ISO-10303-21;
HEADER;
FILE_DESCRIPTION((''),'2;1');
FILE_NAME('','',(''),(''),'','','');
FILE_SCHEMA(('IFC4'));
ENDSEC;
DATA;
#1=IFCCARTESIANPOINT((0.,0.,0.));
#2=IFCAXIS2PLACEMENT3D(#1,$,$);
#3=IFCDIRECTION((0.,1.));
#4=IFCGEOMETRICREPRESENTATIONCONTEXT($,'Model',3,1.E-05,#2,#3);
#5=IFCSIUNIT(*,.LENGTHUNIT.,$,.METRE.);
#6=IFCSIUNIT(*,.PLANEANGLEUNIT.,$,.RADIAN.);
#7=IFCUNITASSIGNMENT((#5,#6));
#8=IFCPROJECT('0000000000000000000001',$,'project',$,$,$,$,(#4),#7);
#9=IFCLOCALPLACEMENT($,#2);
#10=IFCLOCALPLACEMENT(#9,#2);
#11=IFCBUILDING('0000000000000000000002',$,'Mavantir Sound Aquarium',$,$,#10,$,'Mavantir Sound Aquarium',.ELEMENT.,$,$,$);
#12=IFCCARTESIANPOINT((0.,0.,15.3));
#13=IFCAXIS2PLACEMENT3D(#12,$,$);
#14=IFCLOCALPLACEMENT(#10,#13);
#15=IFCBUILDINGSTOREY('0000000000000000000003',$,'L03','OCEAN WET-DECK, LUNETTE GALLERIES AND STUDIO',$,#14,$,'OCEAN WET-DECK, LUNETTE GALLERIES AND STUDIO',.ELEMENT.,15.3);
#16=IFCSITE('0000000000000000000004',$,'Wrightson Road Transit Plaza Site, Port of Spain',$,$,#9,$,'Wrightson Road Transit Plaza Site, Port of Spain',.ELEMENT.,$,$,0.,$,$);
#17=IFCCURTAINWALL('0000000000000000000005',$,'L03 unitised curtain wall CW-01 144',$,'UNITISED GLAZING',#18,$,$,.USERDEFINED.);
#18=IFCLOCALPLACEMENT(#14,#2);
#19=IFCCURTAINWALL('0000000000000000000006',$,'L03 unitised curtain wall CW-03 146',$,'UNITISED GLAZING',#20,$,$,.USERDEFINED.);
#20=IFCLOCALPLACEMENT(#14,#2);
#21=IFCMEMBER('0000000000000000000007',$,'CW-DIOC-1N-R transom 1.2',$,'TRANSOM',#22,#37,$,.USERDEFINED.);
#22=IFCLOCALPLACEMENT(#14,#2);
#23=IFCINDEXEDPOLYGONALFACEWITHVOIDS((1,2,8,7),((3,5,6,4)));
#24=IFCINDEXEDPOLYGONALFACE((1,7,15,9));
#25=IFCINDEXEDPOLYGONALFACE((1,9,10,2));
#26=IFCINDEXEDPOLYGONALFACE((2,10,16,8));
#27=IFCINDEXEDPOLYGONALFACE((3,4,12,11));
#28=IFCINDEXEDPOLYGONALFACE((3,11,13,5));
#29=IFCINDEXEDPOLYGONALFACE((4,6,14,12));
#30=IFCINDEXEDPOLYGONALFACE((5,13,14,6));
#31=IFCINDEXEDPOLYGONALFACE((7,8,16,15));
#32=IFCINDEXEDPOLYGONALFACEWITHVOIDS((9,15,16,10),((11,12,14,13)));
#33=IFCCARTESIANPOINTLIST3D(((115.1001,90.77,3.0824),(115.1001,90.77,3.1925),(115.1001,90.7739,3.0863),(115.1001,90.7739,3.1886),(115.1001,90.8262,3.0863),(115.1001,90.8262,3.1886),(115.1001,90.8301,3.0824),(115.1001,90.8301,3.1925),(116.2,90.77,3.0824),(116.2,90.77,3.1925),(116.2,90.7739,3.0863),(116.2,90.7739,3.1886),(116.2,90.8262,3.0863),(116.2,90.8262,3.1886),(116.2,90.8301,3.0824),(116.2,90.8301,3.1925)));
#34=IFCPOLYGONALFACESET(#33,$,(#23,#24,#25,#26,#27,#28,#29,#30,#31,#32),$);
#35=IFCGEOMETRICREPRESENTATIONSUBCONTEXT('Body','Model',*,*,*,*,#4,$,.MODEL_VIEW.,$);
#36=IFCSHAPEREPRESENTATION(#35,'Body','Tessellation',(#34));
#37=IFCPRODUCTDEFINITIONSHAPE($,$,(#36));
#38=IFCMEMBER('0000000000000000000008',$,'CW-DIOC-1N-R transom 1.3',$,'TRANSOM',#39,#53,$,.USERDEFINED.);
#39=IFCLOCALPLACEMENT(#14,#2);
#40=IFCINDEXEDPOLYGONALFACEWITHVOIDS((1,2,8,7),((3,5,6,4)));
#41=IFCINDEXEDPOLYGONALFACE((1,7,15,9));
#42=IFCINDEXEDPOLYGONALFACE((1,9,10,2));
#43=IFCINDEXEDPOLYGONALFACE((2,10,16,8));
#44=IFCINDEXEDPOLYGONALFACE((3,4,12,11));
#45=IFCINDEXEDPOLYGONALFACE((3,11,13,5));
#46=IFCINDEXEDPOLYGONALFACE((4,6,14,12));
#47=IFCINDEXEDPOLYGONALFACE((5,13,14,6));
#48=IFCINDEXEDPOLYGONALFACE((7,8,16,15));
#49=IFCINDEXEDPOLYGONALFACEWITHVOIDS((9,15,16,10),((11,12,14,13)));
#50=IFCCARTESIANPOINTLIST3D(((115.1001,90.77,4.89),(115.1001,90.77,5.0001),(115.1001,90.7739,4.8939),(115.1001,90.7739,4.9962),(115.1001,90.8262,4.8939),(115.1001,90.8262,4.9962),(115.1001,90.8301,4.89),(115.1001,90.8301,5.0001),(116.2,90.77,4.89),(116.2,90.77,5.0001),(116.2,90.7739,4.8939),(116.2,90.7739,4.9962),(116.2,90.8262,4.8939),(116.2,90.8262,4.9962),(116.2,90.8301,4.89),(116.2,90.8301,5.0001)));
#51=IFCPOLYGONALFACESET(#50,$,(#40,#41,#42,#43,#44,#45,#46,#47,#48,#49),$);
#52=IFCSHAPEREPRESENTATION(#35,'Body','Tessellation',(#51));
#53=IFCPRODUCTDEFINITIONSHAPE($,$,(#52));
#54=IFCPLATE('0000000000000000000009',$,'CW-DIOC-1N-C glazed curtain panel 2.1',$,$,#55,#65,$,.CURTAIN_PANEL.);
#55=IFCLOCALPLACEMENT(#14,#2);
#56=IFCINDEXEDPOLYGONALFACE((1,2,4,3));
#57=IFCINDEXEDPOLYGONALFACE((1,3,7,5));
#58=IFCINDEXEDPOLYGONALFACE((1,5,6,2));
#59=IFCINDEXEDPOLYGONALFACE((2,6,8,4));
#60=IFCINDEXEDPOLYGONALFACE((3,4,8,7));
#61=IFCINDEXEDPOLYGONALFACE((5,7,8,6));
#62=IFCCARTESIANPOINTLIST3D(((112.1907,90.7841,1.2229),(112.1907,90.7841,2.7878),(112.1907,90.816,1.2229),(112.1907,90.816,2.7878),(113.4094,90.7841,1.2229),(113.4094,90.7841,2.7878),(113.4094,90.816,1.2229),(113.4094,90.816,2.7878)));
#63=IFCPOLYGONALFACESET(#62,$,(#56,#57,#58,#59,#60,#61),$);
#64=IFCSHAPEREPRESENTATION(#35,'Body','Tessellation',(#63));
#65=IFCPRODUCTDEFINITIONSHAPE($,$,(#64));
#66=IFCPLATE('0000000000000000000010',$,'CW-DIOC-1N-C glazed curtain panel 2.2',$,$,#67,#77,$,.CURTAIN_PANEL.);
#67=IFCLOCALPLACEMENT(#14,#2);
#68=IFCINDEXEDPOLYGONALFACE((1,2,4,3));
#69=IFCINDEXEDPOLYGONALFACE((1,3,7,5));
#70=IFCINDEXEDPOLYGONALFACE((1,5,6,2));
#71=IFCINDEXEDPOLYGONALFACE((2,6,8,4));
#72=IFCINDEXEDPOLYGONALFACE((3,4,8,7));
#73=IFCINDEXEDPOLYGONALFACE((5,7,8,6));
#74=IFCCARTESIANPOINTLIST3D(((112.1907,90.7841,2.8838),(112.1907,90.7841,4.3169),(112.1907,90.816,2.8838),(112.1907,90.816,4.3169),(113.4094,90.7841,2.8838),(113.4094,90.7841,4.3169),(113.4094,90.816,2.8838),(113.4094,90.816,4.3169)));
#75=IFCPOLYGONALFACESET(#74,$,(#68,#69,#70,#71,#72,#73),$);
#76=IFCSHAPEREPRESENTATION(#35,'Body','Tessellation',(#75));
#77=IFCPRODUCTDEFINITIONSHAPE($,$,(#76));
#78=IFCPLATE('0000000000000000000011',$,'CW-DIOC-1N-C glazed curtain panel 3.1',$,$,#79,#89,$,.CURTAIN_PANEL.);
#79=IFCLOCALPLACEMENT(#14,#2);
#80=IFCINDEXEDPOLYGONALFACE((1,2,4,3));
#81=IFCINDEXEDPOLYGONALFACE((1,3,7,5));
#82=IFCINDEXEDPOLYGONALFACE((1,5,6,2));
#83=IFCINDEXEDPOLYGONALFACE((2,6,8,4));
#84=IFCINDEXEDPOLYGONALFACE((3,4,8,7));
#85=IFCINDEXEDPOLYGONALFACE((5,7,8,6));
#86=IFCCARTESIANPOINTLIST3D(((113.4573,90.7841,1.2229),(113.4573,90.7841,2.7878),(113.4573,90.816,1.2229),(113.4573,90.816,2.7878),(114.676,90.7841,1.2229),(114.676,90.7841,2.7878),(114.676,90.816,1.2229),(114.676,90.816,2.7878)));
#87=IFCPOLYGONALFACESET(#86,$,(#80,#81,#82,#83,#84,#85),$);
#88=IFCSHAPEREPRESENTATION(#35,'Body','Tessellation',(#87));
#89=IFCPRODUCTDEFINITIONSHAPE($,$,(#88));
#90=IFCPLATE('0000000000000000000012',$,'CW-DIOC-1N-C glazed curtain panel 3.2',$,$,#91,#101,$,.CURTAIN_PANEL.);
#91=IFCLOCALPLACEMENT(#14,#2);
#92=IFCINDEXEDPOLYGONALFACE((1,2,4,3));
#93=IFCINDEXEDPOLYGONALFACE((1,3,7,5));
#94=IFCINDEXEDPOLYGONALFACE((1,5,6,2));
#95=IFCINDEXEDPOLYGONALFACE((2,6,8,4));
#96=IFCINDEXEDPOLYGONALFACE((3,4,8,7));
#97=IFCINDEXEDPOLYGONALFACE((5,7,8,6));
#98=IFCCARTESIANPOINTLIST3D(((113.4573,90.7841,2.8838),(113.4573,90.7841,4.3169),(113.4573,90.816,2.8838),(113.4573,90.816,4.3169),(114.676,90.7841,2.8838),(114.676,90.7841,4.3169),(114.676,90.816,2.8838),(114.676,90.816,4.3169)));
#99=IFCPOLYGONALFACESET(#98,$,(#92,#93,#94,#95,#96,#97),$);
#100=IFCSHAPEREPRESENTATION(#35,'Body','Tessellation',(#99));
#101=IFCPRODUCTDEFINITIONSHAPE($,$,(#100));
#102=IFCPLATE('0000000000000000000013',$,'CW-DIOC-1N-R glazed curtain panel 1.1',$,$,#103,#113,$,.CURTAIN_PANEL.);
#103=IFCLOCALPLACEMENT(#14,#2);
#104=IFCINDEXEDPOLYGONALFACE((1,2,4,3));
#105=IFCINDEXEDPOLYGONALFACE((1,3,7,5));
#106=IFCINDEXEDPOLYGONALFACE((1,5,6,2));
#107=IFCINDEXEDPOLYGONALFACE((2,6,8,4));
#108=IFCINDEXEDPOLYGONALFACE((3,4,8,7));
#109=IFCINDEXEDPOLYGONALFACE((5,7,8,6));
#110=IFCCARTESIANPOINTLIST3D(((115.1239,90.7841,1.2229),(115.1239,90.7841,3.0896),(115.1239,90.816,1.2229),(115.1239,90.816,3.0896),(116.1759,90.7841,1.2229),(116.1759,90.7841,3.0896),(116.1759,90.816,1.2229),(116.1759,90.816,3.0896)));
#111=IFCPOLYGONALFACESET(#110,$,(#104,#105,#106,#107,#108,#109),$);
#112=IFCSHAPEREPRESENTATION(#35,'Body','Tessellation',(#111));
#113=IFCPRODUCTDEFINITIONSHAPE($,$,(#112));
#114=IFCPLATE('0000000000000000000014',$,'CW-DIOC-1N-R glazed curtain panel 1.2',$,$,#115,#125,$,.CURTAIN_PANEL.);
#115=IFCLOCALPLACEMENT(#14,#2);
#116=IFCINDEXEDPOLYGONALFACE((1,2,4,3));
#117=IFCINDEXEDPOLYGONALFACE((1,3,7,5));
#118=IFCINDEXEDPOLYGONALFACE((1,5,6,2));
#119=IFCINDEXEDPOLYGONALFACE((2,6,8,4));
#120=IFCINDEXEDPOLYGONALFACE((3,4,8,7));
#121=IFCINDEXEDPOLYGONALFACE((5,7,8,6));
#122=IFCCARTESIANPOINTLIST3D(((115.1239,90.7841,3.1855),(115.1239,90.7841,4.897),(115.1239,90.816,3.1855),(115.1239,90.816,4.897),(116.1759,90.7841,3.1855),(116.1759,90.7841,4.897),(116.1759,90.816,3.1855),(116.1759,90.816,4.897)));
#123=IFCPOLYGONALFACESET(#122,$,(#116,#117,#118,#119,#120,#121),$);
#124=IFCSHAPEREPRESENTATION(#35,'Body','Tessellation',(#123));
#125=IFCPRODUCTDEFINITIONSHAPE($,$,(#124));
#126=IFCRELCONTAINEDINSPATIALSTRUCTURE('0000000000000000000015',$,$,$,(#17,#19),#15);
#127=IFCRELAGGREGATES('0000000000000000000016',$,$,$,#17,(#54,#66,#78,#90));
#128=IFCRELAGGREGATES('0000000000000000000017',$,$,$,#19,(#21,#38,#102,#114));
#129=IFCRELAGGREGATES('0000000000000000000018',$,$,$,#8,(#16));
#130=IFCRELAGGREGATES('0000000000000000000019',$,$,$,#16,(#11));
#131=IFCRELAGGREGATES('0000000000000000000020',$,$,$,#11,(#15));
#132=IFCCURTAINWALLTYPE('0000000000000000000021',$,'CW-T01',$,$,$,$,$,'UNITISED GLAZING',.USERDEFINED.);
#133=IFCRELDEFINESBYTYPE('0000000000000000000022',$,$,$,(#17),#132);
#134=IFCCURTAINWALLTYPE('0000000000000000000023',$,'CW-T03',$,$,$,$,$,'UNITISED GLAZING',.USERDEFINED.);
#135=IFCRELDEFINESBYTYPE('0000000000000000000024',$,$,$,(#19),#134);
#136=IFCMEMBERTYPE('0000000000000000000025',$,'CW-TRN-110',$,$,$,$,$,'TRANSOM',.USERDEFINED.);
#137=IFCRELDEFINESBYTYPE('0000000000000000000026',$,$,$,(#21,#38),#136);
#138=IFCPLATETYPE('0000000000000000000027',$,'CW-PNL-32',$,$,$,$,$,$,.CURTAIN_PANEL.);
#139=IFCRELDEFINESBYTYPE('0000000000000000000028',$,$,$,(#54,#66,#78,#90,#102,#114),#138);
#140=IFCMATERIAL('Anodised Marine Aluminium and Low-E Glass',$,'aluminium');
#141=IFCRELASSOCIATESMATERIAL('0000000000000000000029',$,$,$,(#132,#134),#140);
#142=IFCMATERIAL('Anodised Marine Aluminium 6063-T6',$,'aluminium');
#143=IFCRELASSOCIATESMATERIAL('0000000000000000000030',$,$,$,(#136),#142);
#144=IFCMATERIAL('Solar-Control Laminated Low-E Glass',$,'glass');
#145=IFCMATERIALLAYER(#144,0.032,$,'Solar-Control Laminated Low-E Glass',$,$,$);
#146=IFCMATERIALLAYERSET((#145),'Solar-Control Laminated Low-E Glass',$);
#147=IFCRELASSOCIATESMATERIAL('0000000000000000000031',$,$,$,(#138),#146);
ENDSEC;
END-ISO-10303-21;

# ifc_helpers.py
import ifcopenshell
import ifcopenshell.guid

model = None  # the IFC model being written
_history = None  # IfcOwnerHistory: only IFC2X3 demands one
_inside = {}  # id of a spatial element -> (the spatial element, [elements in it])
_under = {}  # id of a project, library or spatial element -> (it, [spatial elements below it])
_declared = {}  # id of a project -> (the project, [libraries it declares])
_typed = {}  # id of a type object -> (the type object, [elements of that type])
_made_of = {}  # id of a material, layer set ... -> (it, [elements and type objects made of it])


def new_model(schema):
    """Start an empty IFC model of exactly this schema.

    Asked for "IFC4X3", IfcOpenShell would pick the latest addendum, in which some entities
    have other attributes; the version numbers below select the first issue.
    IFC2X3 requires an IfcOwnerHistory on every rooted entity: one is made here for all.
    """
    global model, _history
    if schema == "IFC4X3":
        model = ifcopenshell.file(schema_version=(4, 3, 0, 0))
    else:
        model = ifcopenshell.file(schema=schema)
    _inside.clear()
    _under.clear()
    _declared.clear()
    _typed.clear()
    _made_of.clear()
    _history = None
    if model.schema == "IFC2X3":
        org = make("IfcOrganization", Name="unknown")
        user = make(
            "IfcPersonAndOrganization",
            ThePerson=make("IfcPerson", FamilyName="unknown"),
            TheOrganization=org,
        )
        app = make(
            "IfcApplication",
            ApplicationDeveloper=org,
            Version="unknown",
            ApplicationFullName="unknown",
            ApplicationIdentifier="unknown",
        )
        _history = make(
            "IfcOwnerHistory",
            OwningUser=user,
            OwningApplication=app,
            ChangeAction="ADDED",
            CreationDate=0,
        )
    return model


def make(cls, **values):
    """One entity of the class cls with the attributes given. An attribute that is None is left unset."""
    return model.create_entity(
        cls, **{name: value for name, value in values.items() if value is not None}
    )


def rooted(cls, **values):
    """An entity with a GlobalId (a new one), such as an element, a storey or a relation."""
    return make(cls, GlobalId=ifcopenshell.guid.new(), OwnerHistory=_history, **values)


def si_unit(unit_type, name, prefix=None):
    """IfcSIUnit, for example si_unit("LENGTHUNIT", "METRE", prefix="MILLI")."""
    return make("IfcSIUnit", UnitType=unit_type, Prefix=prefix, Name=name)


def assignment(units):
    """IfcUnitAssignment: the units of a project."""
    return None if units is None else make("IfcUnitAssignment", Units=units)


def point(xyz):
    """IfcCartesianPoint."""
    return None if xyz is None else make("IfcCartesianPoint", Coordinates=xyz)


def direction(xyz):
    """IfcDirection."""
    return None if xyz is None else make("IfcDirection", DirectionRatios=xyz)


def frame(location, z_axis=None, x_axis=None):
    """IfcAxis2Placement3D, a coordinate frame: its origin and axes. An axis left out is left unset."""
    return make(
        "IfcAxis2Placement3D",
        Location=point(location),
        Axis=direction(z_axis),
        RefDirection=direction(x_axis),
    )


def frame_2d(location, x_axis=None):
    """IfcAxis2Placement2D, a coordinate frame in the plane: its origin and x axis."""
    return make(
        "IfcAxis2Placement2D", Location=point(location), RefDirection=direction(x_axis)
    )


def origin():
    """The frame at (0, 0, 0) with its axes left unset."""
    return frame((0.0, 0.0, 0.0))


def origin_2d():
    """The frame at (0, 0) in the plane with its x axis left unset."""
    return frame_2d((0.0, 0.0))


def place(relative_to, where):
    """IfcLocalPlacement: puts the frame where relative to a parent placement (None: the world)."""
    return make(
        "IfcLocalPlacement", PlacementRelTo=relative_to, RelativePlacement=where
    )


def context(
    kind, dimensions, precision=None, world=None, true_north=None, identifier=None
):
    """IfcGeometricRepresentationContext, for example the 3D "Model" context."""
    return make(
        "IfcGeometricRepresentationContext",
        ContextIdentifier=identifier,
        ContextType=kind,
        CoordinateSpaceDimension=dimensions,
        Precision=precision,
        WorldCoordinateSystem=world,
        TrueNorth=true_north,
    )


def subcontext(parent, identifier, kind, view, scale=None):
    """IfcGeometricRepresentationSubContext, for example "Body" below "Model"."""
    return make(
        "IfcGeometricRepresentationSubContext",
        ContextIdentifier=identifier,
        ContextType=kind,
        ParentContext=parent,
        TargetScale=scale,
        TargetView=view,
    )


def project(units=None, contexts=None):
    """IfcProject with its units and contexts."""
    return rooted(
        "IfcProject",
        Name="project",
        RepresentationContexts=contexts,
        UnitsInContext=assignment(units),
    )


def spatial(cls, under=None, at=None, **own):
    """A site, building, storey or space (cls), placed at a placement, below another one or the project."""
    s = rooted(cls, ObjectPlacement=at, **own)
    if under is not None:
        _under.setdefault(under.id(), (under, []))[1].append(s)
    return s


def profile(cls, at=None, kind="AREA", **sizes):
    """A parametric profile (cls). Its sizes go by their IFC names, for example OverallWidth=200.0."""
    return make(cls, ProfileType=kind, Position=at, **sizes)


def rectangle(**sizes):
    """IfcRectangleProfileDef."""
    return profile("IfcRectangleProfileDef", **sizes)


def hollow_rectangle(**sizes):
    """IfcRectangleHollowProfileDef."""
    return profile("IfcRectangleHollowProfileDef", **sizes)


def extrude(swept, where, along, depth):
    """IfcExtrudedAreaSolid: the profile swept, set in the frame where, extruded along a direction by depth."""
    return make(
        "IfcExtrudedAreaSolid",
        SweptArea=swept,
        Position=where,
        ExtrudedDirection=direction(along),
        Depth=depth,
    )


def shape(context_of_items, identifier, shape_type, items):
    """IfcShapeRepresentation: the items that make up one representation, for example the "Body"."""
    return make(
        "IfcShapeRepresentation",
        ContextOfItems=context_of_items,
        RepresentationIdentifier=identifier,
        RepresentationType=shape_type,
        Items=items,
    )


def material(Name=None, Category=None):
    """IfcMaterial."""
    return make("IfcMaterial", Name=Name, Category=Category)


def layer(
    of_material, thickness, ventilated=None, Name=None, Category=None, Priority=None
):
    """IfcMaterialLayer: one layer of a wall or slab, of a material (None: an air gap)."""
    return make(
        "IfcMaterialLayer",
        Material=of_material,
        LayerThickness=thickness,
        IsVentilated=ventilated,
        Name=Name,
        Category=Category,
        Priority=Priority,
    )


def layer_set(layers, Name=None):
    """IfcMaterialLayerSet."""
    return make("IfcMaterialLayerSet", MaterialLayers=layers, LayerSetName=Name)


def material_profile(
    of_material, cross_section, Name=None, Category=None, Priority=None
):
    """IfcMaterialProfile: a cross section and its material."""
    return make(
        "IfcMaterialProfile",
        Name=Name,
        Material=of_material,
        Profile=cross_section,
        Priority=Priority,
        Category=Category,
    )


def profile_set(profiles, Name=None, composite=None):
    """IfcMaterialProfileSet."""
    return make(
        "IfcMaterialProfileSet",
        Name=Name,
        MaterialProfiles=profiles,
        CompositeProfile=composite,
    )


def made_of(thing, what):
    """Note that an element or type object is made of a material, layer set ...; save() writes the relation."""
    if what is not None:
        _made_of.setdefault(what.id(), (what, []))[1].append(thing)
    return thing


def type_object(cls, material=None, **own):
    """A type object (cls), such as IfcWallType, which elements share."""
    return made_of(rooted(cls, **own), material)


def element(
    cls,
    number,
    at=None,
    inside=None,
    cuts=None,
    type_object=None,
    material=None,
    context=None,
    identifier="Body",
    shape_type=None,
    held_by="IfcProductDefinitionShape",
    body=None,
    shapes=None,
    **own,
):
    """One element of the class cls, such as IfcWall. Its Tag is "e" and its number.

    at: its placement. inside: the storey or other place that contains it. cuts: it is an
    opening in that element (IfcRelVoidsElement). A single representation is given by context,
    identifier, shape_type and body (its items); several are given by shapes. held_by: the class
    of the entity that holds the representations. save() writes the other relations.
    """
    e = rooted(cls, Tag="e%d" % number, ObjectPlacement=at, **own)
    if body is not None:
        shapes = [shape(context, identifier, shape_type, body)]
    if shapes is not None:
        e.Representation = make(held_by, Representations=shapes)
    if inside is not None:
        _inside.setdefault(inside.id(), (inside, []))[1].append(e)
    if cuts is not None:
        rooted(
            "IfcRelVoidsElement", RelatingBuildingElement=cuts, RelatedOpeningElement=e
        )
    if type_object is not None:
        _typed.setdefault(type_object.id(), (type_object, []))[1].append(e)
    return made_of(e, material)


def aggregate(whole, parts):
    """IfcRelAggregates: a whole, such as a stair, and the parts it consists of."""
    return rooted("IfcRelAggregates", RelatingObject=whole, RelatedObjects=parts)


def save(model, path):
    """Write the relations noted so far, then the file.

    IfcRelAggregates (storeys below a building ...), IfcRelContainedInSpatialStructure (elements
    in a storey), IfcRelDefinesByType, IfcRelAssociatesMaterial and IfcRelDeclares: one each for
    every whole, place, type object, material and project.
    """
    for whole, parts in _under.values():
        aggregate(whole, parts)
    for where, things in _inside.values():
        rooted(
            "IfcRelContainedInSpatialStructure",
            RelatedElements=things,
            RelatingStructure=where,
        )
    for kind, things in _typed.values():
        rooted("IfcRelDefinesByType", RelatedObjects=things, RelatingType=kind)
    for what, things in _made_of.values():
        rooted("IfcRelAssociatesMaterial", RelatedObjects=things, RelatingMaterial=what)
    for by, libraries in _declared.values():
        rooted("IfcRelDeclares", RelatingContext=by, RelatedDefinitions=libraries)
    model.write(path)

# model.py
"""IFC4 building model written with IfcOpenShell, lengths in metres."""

from ifc_helpers import new_model, si_unit, direction, frame, origin, origin_2d, place, context, subcontext, project, spatial, rectangle, hollow_rectangle, extrude, material, layer, layer_set, material_profile, profile_set, type_object, element, aggregate, save


model = new_model("IFC4")

# Units and contexts
model_context = context("Model", 3, precision=1e-05, world=origin(), true_north=direction((0.0, 1.0)))
body_context = subcontext(model_context, "Body", "Model", "MODEL_VIEW")
ifc_project = project(units=[si_unit("LENGTHUNIT", "METRE"), si_unit("PLANEANGLEUNIT", "RADIAN")], contexts=[model_context])

# Site, building, storey
site_placement = place(None, origin())
site = spatial("IfcSite", under=ifc_project, at=site_placement, Name="Wrightson Road Transit Plaza Site, Port of Spain", LongName="Wrightson Road Transit Plaza Site, Port of Spain", CompositionType="ELEMENT", RefElevation=0.0)
building_placement = place(site_placement, origin())
building = spatial("IfcBuilding", under=site, at=building_placement, Name="Mavantir Sound Aquarium", LongName="Mavantir Sound Aquarium", CompositionType="ELEMENT")
storey_placement = place(building_placement, frame((0.0, 0.0, 15.3)))
storey = spatial("IfcBuildingStorey", under=building, at=storey_placement, Name="L03", Description="OCEAN WET-DECK, LUNETTE GALLERIES AND STUDIO", LongName="OCEAN WET-DECK, LUNETTE GALLERIES AND STUDIO", CompositionType="ELEMENT", Elevation=15.3)

# Curtain walls
ifc_material_1 = material(Name="Anodised Marine Aluminium and Low-E Glass", Category="aluminium")
curtain_wall_type_1 = type_object("IfcCurtainWallType", Name="CW-T01", ElementType="UNITISED GLAZING", PredefinedType="USERDEFINED", material=ifc_material_1)
curtain_wall_1_placement = place(storey_placement, origin())
curtain_wall_1 = element("IfcCurtainWall", 1, at=curtain_wall_1_placement, inside=storey, type_object=curtain_wall_type_1, Name="L03 unitised curtain wall CW-01 144", ObjectType="UNITISED GLAZING", PredefinedType="USERDEFINED")
ifc_material_2 = material(Name="Anodised Marine Aluminium 6063-T6", Category="aluminium")
curtain_wall_type_2 = type_object("IfcCurtainWallType", Name="CW-T03", ElementType="UNITISED GLAZING", PredefinedType="USERDEFINED", material=ifc_material_1)
curtain_wall_2_placement = place(storey_placement, origin())
curtain_wall_2 = element("IfcCurtainWall", 2, at=curtain_wall_2_placement, inside=storey, type_object=curtain_wall_type_2, Name="L03 unitised curtain wall CW-03 146", ObjectType="UNITISED GLAZING", PredefinedType="USERDEFINED")

# Members
ifc_material_profile_1 = material_profile(ifc_material_2, hollow_rectangle(XDim=0.0601, YDim=0.1101, WallThickness=0.0039, at=origin_2d()), Name="ALU-TRANSOM-110X60")
ifc_profile_set_1 = profile_set([ifc_material_profile_1], Name="Anodised Marine Aluminium 6063-T6")
member_type_1 = type_object("IfcMemberType", Name="CW-TRN-110", ElementType="TRANSOM", PredefinedType="USERDEFINED", material=ifc_profile_set_1)
member_1_placement = place(storey_placement, frame((115.1001, 90.8, 3.1375), z_axis=(1.0, 0.0, 0.0), x_axis=(0.0, 1.0, 0.0)))
member_1 = element("IfcMember", 3, at=member_1_placement, type_object=member_type_1, Name="CW-DIOC-1N-R transom 1.2", ObjectType="TRANSOM", PredefinedType="USERDEFINED", context=body_context, shape_type="SweptSolid", body=[
    extrude(hollow_rectangle(XDim=0.0601, YDim=0.1101, WallThickness=0.0039, at=origin_2d()), origin(), (0.0, 0.0, 1.0), 1.0999),
])
member_2_placement = place(storey_placement, frame((115.1001, 90.8, 4.9451), z_axis=(1.0, 0.0, 0.0), x_axis=(0.0, 1.0, 0.0)))
member_2 = element("IfcMember", 4, at=member_2_placement, type_object=member_type_1, Name="CW-DIOC-1N-R transom 1.3", ObjectType="TRANSOM", PredefinedType="USERDEFINED", context=body_context, shape_type="SweptSolid", body=[
    extrude(hollow_rectangle(XDim=0.0601, YDim=0.1101, WallThickness=0.0039, at=origin_2d()), origin(), (0.0, 0.0, 1.0), 1.0999),
])

# Plates
ifc_material_3 = material(Name="Solar-Control Laminated Low-E Glass", Category="glass")
ifc_layer = layer(ifc_material_3, 0.032, Name="Solar-Control Laminated Low-E Glass")
ifc_layer_set = layer_set([ifc_layer], Name="Solar-Control Laminated Low-E Glass")
plate_type = type_object("IfcPlateType", Name="CW-PNL-32", PredefinedType="CURTAIN_PANEL", material=ifc_layer_set)
plate_1_placement = place(storey_placement, frame((112.8, 90.8, 1.2229), z_axis=(0.0, 0.0, 1.0), x_axis=(1.0, 0.0, 0.0)))
plate_1 = element("IfcPlate", 5, at=plate_1_placement, type_object=plate_type, Name="CW-DIOC-1N-C glazed curtain panel 2.1", PredefinedType="CURTAIN_PANEL", context=body_context, shape_type="SweptSolid", body=[
    extrude(rectangle(XDim=1.2188, YDim=0.032, at=origin_2d()), origin(), (0.0, 0.0, 1.0), 1.5649),
])
plate_2_placement = place(storey_placement, frame((112.8, 90.8, 2.8838), z_axis=(0.0, 0.0, 1.0), x_axis=(1.0, 0.0, 0.0)))
plate_2 = element("IfcPlate", 6, at=plate_2_placement, type_object=plate_type, Name="CW-DIOC-1N-C glazed curtain panel 2.2", PredefinedType="CURTAIN_PANEL", context=body_context, shape_type="SweptSolid", body=[
    extrude(rectangle(XDim=1.2188, YDim=0.032, at=origin_2d()), origin(), (0.0, 0.0, 1.0), 1.4331),
])
plate_3_placement = place(storey_placement, frame((114.0667, 90.8, 1.2229), z_axis=(0.0, 0.0, 1.0), x_axis=(1.0, 0.0, 0.0)))
plate_3 = element("IfcPlate", 7, at=plate_3_placement, type_object=plate_type, Name="CW-DIOC-1N-C glazed curtain panel 3.1", PredefinedType="CURTAIN_PANEL", context=body_context, shape_type="SweptSolid", body=[
    extrude(rectangle(XDim=1.2188, YDim=0.032, at=origin_2d()), origin(), (0.0, 0.0, 1.0), 1.5649),
])
plate_4_placement = place(storey_placement, frame((114.0667, 90.8, 2.8838), z_axis=(0.0, 0.0, 1.0), x_axis=(1.0, 0.0, 0.0)))
plate_4 = element("IfcPlate", 8, at=plate_4_placement, type_object=plate_type, Name="CW-DIOC-1N-C glazed curtain panel 3.2", PredefinedType="CURTAIN_PANEL", context=body_context, shape_type="SweptSolid", body=[
    extrude(rectangle(XDim=1.2188, YDim=0.032, at=origin_2d()), origin(), (0.0, 0.0, 1.0), 1.4331),
])
aggregate(curtain_wall_1, [plate_1, plate_2, plate_3, plate_4])
plate_5_placement = place(storey_placement, frame((115.6499, 90.8, 1.2229), z_axis=(0.0, 0.0, 1.0), x_axis=(1.0, 0.0, 0.0)))
plate_5 = element("IfcPlate", 9, at=plate_5_placement, type_object=plate_type, Name="CW-DIOC-1N-R glazed curtain panel 1.1", PredefinedType="CURTAIN_PANEL", context=body_context, shape_type="SweptSolid", body=[
    extrude(rectangle(XDim=1.052, YDim=0.032, at=origin_2d()), origin(), (0.0, 0.0, 1.0), 1.8667),
])
plate_6_placement = place(storey_placement, frame((115.6499, 90.8, 3.1855), z_axis=(0.0, 0.0, 1.0), x_axis=(1.0, 0.0, 0.0)))
plate_6 = element("IfcPlate", 10, at=plate_6_placement, type_object=plate_type, Name="CW-DIOC-1N-R glazed curtain panel 1.2", PredefinedType="CURTAIN_PANEL", context=body_context, shape_type="SweptSolid", body=[
    extrude(rectangle(XDim=1.052, YDim=0.032, at=origin_2d()), origin(), (0.0, 0.0, 1.0), 1.7114),
])
aggregate(curtain_wall_2, [member_1, member_2, plate_5, plate_6])

save(model, "model.ifc")
